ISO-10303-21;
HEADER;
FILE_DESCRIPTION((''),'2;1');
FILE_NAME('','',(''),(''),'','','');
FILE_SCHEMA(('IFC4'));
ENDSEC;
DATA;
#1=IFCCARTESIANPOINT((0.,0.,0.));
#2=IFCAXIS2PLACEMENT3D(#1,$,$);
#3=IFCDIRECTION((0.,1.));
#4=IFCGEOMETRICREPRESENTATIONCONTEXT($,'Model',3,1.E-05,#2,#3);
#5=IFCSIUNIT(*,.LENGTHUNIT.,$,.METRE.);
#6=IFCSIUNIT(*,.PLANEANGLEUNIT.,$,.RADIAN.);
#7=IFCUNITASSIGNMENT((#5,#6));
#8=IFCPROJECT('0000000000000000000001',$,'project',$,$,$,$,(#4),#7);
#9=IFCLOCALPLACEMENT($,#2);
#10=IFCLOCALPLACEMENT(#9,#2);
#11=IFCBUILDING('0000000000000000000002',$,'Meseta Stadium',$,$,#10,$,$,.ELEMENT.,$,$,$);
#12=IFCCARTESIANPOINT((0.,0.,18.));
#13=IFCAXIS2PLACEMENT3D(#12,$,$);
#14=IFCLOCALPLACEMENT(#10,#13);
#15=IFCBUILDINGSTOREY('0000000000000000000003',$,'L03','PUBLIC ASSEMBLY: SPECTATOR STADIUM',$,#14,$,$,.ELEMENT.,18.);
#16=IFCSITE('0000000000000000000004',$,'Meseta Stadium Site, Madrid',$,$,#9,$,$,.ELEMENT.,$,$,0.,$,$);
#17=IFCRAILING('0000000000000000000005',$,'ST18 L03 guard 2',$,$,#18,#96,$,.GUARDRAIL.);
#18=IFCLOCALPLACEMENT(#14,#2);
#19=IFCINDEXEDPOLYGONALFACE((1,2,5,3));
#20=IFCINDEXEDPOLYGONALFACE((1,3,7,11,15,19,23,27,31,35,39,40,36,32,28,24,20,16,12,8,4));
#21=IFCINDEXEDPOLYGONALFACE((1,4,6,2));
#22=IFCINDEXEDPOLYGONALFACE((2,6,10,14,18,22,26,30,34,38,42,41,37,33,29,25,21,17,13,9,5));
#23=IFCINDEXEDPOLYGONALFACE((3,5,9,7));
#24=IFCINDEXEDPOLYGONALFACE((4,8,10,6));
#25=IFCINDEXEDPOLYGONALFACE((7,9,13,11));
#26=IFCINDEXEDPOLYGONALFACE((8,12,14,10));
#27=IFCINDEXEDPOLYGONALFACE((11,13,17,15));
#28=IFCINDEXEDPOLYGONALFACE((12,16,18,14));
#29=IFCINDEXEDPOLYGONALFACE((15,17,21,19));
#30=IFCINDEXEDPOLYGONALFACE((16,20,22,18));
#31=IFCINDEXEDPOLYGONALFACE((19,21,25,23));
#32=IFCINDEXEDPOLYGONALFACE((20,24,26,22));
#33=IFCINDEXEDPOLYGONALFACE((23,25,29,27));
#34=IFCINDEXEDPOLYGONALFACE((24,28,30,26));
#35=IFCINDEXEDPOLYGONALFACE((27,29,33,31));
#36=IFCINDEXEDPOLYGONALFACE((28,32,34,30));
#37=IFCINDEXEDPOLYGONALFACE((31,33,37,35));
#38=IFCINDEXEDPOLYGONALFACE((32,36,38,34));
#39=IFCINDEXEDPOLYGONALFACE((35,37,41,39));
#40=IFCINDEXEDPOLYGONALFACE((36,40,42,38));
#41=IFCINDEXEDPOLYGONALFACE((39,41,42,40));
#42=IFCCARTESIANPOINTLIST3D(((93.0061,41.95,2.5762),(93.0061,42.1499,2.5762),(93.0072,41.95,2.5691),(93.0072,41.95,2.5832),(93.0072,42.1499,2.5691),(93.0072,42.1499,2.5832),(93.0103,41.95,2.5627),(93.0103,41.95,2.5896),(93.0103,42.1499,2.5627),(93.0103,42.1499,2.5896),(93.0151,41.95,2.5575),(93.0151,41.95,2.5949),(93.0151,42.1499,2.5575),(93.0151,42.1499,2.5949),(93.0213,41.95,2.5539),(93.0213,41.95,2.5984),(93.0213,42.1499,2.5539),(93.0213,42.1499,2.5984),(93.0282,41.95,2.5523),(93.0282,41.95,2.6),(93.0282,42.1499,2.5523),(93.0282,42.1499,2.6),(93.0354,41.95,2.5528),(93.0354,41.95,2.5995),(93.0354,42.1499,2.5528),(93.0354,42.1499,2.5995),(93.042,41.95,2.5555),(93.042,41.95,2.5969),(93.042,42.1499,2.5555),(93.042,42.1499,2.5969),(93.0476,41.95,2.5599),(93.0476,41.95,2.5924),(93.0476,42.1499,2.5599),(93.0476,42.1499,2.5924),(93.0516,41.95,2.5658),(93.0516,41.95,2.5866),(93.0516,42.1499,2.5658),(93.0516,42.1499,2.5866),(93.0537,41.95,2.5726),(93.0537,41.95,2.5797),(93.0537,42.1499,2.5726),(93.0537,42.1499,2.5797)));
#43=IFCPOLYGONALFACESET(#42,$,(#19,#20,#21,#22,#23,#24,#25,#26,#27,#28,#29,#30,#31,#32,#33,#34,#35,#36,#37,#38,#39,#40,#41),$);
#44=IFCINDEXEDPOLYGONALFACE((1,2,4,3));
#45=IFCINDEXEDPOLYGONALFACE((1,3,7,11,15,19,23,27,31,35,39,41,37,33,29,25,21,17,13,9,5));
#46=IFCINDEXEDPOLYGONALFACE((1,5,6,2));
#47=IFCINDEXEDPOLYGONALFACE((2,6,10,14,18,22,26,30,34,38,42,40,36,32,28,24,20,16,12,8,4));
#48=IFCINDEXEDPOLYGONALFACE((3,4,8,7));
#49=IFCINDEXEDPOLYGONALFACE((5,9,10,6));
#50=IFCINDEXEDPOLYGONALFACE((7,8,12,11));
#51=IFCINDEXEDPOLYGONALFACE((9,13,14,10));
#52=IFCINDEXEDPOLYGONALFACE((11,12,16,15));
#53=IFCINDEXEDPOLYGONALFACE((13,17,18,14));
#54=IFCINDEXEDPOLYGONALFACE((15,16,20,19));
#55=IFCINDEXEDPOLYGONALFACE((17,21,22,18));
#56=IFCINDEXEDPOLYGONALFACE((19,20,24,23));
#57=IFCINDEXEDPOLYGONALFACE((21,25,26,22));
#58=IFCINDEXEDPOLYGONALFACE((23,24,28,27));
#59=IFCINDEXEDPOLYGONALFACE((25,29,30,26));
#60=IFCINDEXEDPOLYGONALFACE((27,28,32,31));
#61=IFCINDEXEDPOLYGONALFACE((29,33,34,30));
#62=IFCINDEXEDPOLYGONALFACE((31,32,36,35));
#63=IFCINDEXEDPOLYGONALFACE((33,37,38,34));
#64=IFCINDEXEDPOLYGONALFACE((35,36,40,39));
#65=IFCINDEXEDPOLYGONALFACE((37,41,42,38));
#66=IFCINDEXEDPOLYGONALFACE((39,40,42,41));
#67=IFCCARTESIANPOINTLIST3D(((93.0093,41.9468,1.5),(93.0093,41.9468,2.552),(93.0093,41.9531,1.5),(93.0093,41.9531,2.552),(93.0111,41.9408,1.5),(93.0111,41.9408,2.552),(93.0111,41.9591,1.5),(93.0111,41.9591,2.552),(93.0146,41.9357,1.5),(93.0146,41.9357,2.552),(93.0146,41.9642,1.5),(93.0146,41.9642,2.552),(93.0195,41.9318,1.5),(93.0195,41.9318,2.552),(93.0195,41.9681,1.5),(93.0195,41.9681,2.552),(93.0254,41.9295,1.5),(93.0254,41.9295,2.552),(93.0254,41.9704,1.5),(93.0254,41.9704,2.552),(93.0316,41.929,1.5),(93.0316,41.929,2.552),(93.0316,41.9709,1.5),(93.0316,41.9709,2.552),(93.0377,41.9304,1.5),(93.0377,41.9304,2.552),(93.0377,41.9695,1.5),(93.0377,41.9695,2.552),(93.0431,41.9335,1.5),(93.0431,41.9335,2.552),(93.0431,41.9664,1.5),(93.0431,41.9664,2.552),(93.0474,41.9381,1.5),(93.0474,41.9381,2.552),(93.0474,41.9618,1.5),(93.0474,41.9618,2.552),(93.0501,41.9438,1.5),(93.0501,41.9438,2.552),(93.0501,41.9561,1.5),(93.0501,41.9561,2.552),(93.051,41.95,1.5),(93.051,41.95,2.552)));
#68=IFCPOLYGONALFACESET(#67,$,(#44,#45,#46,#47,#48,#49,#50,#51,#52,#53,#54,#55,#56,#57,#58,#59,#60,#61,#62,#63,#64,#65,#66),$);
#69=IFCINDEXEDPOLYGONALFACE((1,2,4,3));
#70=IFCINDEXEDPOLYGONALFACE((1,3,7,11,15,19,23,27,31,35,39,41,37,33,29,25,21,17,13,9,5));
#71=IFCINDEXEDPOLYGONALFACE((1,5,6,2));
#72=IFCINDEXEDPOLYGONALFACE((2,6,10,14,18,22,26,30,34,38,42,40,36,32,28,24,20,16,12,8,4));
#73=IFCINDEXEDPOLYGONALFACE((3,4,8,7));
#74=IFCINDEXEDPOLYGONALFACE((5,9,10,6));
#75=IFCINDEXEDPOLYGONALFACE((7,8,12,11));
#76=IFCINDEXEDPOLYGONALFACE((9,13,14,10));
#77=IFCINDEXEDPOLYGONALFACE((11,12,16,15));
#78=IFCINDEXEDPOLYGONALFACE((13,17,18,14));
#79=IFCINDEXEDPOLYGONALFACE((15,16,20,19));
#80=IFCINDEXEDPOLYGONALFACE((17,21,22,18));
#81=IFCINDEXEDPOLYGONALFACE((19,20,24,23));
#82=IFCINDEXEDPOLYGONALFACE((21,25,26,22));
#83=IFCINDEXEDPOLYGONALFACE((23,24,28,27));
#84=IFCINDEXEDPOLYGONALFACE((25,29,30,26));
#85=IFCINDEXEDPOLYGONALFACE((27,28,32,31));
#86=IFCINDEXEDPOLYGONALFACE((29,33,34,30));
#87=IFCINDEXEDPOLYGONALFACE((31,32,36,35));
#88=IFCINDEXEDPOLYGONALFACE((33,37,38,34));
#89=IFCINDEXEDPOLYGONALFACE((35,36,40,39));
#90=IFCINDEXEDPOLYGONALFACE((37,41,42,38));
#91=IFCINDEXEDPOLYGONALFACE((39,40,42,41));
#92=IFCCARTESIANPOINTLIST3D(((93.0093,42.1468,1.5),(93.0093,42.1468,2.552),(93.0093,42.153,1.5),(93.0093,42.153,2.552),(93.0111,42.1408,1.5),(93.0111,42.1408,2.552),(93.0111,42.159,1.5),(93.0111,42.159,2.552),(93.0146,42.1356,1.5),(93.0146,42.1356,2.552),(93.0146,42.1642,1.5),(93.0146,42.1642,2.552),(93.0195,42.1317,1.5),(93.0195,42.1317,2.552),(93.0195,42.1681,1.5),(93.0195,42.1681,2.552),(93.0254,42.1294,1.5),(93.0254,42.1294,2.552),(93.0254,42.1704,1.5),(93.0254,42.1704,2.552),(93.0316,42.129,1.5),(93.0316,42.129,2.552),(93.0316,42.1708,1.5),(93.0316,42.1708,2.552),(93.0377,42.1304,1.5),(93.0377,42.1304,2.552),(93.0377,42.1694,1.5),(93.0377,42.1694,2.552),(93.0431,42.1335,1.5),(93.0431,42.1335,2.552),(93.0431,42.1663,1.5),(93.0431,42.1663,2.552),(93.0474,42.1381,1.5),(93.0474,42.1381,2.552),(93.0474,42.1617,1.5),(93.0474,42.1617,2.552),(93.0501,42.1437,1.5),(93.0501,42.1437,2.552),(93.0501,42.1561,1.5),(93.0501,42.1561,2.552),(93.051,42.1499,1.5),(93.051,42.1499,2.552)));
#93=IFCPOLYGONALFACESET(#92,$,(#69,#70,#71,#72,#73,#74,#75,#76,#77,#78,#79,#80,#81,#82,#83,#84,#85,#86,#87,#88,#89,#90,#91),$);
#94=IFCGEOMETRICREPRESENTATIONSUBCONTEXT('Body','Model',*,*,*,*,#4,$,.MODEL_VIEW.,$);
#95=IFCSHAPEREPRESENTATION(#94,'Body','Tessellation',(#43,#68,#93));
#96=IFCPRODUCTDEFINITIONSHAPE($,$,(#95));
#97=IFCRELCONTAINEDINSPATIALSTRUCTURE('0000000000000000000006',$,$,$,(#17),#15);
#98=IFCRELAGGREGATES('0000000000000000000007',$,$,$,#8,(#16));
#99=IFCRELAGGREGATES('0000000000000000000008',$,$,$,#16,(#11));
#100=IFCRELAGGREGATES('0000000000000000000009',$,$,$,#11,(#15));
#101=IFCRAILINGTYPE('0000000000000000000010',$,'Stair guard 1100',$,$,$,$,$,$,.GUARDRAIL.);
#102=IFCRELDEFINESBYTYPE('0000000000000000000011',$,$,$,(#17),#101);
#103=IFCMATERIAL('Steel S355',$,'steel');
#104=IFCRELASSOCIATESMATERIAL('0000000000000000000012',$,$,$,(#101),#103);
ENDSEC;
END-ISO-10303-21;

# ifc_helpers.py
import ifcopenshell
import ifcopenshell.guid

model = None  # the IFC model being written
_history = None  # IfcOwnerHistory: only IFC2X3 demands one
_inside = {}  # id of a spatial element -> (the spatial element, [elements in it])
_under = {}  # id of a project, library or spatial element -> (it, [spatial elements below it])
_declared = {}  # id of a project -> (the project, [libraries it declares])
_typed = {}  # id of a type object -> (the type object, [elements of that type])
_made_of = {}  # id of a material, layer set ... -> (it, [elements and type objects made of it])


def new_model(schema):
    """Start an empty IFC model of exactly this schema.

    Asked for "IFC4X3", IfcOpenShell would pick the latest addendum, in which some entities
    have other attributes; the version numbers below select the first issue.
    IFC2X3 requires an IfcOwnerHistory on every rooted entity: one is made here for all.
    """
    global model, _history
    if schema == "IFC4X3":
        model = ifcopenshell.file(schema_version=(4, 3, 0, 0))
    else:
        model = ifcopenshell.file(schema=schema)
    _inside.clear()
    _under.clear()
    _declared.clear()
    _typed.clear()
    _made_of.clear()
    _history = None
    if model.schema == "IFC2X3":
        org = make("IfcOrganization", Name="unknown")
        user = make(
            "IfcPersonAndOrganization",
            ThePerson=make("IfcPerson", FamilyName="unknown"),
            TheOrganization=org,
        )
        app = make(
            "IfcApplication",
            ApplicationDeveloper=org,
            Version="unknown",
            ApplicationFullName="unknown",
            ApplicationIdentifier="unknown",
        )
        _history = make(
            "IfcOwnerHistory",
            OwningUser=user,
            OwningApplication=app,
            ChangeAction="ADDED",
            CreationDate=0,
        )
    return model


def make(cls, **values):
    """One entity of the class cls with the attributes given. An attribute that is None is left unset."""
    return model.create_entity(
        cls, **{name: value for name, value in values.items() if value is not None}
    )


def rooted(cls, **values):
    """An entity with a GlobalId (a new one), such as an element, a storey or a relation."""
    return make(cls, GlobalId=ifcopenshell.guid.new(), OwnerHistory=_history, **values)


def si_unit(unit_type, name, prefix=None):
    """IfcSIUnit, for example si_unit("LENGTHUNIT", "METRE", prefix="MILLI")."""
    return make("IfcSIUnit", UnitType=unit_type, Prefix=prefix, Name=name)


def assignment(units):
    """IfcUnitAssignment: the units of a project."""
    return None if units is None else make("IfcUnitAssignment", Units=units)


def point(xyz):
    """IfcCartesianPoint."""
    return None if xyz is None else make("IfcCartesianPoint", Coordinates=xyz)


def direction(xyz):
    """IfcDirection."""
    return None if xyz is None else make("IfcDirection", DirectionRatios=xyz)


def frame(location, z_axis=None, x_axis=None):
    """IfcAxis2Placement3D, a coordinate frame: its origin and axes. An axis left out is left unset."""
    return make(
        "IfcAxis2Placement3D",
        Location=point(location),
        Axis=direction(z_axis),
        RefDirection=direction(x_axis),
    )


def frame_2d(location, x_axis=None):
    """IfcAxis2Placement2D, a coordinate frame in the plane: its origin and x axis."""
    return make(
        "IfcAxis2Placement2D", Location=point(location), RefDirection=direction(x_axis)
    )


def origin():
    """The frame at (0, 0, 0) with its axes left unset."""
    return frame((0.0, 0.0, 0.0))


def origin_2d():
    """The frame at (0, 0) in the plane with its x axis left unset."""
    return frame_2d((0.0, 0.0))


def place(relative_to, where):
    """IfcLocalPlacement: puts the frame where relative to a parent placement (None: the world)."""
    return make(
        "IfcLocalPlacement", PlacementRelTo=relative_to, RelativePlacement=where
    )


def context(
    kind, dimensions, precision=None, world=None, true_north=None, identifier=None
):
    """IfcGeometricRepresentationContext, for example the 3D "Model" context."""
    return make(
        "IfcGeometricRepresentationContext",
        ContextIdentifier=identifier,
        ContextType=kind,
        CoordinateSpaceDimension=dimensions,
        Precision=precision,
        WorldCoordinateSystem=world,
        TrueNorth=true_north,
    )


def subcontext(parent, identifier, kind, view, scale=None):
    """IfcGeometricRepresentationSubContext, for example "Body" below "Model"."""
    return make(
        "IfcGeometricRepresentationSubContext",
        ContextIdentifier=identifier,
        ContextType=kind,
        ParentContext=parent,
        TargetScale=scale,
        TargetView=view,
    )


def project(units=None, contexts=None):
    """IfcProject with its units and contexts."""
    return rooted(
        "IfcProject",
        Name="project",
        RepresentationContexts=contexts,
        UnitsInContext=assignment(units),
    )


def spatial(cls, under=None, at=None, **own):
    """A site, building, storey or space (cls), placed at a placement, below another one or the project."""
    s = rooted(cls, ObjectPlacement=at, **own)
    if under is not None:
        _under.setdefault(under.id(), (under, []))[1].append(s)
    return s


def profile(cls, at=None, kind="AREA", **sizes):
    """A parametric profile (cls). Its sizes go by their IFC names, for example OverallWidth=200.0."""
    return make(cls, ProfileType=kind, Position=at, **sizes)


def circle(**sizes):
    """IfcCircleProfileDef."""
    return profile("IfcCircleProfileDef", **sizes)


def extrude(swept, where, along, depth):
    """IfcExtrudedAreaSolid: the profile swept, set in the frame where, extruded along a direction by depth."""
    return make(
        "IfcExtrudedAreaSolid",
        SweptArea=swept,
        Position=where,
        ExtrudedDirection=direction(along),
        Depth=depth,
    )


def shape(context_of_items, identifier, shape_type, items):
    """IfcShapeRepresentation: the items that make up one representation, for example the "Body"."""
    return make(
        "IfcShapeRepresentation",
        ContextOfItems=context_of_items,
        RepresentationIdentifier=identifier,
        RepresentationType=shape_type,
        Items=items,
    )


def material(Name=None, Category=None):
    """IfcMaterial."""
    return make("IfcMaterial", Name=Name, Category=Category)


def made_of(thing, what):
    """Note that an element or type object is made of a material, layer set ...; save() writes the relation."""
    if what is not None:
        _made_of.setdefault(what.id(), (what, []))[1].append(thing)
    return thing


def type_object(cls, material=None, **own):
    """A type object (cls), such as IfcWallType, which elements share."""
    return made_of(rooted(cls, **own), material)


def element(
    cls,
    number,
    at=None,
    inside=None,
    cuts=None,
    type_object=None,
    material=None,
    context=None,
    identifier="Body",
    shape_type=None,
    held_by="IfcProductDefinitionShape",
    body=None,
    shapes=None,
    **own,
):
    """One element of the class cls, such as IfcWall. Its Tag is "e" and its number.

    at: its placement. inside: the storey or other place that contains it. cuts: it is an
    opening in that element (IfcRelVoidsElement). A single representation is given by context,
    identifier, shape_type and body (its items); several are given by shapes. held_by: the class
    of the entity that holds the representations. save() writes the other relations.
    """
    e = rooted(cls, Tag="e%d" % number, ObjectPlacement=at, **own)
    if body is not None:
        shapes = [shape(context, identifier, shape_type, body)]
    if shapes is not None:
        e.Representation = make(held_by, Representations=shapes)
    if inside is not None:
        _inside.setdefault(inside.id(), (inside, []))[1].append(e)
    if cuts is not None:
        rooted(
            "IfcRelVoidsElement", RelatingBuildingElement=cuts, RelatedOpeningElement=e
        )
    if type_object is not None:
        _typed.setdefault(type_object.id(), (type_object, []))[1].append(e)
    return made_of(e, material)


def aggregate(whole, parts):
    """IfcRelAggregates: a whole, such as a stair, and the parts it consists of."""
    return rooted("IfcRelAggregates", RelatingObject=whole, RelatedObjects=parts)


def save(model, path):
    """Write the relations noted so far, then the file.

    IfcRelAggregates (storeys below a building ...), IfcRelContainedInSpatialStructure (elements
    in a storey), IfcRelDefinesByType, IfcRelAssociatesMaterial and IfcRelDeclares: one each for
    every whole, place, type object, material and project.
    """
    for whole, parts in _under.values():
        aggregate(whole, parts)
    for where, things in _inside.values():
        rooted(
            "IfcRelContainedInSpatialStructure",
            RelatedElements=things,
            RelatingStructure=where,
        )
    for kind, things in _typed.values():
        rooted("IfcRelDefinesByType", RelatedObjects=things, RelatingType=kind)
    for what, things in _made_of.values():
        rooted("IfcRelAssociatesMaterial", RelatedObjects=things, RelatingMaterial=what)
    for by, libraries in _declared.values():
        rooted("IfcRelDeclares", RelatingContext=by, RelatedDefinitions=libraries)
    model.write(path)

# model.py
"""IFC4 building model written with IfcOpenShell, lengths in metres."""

from ifc_helpers import new_model, si_unit, direction, frame, origin, origin_2d, place, context, subcontext, project, spatial, circle, extrude, material, type_object, element, save


model = new_model("IFC4")

# Units and contexts
model_context = context("Model", 3, precision=1e-05, world=origin(), true_north=direction((0.0, 1.0)))
body_context = subcontext(model_context, "Body", "Model", "MODEL_VIEW")
ifc_project = project(units=[si_unit("LENGTHUNIT", "METRE"), si_unit("PLANEANGLEUNIT", "RADIAN")], contexts=[model_context])

# Site, building, storey
site_placement = place(None, origin())
site = spatial("IfcSite", under=ifc_project, at=site_placement, Name="Meseta Stadium Site, Madrid", CompositionType="ELEMENT", RefElevation=0.0)
building_placement = place(site_placement, origin())
building = spatial("IfcBuilding", under=site, at=building_placement, Name="Meseta Stadium", CompositionType="ELEMENT")
storey_placement = place(building_placement, frame((0.0, 0.0, 18.0)))
storey = spatial("IfcBuildingStorey", under=building, at=storey_placement, Name="L03", Description="PUBLIC ASSEMBLY: SPECTATOR STADIUM", CompositionType="ELEMENT", Elevation=18.0)

# Railing
ifc_material_1 = material(Name="Steel S355", Category="steel")
railing_type_1 = type_object("IfcRailingType", Name="Stair guard 1100", PredefinedType="GUARDRAIL", material=ifc_material_1)
railing_1_placement = place(storey_placement, frame((93.03, 41.95, 1.5)))
element("IfcRailing", 1, at=railing_1_placement, inside=storey, type_object=railing_type_1, Name="ST18 L03 guard 2", PredefinedType="GUARDRAIL", context=body_context, shape_type="SweptSolid", body=[
    extrude(circle(Radius=0.0239, at=origin_2d()), frame((0.0, 0.0, 1.0762), z_axis=(0.0, 1.0, 0.0), x_axis=(-1.0, 0.0, 0.0)), (0.0, 0.0, 1.0), 0.2),
    extrude(circle(Radius=0.021, at=origin_2d()), origin(), (0.0, 0.0, 1.0), 1.052),
    extrude(circle(Radius=0.021, at=origin_2d()), frame((0.0, 0.2, 0.0)), (0.0, 0.0, 1.0), 1.052),
])

save(model, "model.ifc")
